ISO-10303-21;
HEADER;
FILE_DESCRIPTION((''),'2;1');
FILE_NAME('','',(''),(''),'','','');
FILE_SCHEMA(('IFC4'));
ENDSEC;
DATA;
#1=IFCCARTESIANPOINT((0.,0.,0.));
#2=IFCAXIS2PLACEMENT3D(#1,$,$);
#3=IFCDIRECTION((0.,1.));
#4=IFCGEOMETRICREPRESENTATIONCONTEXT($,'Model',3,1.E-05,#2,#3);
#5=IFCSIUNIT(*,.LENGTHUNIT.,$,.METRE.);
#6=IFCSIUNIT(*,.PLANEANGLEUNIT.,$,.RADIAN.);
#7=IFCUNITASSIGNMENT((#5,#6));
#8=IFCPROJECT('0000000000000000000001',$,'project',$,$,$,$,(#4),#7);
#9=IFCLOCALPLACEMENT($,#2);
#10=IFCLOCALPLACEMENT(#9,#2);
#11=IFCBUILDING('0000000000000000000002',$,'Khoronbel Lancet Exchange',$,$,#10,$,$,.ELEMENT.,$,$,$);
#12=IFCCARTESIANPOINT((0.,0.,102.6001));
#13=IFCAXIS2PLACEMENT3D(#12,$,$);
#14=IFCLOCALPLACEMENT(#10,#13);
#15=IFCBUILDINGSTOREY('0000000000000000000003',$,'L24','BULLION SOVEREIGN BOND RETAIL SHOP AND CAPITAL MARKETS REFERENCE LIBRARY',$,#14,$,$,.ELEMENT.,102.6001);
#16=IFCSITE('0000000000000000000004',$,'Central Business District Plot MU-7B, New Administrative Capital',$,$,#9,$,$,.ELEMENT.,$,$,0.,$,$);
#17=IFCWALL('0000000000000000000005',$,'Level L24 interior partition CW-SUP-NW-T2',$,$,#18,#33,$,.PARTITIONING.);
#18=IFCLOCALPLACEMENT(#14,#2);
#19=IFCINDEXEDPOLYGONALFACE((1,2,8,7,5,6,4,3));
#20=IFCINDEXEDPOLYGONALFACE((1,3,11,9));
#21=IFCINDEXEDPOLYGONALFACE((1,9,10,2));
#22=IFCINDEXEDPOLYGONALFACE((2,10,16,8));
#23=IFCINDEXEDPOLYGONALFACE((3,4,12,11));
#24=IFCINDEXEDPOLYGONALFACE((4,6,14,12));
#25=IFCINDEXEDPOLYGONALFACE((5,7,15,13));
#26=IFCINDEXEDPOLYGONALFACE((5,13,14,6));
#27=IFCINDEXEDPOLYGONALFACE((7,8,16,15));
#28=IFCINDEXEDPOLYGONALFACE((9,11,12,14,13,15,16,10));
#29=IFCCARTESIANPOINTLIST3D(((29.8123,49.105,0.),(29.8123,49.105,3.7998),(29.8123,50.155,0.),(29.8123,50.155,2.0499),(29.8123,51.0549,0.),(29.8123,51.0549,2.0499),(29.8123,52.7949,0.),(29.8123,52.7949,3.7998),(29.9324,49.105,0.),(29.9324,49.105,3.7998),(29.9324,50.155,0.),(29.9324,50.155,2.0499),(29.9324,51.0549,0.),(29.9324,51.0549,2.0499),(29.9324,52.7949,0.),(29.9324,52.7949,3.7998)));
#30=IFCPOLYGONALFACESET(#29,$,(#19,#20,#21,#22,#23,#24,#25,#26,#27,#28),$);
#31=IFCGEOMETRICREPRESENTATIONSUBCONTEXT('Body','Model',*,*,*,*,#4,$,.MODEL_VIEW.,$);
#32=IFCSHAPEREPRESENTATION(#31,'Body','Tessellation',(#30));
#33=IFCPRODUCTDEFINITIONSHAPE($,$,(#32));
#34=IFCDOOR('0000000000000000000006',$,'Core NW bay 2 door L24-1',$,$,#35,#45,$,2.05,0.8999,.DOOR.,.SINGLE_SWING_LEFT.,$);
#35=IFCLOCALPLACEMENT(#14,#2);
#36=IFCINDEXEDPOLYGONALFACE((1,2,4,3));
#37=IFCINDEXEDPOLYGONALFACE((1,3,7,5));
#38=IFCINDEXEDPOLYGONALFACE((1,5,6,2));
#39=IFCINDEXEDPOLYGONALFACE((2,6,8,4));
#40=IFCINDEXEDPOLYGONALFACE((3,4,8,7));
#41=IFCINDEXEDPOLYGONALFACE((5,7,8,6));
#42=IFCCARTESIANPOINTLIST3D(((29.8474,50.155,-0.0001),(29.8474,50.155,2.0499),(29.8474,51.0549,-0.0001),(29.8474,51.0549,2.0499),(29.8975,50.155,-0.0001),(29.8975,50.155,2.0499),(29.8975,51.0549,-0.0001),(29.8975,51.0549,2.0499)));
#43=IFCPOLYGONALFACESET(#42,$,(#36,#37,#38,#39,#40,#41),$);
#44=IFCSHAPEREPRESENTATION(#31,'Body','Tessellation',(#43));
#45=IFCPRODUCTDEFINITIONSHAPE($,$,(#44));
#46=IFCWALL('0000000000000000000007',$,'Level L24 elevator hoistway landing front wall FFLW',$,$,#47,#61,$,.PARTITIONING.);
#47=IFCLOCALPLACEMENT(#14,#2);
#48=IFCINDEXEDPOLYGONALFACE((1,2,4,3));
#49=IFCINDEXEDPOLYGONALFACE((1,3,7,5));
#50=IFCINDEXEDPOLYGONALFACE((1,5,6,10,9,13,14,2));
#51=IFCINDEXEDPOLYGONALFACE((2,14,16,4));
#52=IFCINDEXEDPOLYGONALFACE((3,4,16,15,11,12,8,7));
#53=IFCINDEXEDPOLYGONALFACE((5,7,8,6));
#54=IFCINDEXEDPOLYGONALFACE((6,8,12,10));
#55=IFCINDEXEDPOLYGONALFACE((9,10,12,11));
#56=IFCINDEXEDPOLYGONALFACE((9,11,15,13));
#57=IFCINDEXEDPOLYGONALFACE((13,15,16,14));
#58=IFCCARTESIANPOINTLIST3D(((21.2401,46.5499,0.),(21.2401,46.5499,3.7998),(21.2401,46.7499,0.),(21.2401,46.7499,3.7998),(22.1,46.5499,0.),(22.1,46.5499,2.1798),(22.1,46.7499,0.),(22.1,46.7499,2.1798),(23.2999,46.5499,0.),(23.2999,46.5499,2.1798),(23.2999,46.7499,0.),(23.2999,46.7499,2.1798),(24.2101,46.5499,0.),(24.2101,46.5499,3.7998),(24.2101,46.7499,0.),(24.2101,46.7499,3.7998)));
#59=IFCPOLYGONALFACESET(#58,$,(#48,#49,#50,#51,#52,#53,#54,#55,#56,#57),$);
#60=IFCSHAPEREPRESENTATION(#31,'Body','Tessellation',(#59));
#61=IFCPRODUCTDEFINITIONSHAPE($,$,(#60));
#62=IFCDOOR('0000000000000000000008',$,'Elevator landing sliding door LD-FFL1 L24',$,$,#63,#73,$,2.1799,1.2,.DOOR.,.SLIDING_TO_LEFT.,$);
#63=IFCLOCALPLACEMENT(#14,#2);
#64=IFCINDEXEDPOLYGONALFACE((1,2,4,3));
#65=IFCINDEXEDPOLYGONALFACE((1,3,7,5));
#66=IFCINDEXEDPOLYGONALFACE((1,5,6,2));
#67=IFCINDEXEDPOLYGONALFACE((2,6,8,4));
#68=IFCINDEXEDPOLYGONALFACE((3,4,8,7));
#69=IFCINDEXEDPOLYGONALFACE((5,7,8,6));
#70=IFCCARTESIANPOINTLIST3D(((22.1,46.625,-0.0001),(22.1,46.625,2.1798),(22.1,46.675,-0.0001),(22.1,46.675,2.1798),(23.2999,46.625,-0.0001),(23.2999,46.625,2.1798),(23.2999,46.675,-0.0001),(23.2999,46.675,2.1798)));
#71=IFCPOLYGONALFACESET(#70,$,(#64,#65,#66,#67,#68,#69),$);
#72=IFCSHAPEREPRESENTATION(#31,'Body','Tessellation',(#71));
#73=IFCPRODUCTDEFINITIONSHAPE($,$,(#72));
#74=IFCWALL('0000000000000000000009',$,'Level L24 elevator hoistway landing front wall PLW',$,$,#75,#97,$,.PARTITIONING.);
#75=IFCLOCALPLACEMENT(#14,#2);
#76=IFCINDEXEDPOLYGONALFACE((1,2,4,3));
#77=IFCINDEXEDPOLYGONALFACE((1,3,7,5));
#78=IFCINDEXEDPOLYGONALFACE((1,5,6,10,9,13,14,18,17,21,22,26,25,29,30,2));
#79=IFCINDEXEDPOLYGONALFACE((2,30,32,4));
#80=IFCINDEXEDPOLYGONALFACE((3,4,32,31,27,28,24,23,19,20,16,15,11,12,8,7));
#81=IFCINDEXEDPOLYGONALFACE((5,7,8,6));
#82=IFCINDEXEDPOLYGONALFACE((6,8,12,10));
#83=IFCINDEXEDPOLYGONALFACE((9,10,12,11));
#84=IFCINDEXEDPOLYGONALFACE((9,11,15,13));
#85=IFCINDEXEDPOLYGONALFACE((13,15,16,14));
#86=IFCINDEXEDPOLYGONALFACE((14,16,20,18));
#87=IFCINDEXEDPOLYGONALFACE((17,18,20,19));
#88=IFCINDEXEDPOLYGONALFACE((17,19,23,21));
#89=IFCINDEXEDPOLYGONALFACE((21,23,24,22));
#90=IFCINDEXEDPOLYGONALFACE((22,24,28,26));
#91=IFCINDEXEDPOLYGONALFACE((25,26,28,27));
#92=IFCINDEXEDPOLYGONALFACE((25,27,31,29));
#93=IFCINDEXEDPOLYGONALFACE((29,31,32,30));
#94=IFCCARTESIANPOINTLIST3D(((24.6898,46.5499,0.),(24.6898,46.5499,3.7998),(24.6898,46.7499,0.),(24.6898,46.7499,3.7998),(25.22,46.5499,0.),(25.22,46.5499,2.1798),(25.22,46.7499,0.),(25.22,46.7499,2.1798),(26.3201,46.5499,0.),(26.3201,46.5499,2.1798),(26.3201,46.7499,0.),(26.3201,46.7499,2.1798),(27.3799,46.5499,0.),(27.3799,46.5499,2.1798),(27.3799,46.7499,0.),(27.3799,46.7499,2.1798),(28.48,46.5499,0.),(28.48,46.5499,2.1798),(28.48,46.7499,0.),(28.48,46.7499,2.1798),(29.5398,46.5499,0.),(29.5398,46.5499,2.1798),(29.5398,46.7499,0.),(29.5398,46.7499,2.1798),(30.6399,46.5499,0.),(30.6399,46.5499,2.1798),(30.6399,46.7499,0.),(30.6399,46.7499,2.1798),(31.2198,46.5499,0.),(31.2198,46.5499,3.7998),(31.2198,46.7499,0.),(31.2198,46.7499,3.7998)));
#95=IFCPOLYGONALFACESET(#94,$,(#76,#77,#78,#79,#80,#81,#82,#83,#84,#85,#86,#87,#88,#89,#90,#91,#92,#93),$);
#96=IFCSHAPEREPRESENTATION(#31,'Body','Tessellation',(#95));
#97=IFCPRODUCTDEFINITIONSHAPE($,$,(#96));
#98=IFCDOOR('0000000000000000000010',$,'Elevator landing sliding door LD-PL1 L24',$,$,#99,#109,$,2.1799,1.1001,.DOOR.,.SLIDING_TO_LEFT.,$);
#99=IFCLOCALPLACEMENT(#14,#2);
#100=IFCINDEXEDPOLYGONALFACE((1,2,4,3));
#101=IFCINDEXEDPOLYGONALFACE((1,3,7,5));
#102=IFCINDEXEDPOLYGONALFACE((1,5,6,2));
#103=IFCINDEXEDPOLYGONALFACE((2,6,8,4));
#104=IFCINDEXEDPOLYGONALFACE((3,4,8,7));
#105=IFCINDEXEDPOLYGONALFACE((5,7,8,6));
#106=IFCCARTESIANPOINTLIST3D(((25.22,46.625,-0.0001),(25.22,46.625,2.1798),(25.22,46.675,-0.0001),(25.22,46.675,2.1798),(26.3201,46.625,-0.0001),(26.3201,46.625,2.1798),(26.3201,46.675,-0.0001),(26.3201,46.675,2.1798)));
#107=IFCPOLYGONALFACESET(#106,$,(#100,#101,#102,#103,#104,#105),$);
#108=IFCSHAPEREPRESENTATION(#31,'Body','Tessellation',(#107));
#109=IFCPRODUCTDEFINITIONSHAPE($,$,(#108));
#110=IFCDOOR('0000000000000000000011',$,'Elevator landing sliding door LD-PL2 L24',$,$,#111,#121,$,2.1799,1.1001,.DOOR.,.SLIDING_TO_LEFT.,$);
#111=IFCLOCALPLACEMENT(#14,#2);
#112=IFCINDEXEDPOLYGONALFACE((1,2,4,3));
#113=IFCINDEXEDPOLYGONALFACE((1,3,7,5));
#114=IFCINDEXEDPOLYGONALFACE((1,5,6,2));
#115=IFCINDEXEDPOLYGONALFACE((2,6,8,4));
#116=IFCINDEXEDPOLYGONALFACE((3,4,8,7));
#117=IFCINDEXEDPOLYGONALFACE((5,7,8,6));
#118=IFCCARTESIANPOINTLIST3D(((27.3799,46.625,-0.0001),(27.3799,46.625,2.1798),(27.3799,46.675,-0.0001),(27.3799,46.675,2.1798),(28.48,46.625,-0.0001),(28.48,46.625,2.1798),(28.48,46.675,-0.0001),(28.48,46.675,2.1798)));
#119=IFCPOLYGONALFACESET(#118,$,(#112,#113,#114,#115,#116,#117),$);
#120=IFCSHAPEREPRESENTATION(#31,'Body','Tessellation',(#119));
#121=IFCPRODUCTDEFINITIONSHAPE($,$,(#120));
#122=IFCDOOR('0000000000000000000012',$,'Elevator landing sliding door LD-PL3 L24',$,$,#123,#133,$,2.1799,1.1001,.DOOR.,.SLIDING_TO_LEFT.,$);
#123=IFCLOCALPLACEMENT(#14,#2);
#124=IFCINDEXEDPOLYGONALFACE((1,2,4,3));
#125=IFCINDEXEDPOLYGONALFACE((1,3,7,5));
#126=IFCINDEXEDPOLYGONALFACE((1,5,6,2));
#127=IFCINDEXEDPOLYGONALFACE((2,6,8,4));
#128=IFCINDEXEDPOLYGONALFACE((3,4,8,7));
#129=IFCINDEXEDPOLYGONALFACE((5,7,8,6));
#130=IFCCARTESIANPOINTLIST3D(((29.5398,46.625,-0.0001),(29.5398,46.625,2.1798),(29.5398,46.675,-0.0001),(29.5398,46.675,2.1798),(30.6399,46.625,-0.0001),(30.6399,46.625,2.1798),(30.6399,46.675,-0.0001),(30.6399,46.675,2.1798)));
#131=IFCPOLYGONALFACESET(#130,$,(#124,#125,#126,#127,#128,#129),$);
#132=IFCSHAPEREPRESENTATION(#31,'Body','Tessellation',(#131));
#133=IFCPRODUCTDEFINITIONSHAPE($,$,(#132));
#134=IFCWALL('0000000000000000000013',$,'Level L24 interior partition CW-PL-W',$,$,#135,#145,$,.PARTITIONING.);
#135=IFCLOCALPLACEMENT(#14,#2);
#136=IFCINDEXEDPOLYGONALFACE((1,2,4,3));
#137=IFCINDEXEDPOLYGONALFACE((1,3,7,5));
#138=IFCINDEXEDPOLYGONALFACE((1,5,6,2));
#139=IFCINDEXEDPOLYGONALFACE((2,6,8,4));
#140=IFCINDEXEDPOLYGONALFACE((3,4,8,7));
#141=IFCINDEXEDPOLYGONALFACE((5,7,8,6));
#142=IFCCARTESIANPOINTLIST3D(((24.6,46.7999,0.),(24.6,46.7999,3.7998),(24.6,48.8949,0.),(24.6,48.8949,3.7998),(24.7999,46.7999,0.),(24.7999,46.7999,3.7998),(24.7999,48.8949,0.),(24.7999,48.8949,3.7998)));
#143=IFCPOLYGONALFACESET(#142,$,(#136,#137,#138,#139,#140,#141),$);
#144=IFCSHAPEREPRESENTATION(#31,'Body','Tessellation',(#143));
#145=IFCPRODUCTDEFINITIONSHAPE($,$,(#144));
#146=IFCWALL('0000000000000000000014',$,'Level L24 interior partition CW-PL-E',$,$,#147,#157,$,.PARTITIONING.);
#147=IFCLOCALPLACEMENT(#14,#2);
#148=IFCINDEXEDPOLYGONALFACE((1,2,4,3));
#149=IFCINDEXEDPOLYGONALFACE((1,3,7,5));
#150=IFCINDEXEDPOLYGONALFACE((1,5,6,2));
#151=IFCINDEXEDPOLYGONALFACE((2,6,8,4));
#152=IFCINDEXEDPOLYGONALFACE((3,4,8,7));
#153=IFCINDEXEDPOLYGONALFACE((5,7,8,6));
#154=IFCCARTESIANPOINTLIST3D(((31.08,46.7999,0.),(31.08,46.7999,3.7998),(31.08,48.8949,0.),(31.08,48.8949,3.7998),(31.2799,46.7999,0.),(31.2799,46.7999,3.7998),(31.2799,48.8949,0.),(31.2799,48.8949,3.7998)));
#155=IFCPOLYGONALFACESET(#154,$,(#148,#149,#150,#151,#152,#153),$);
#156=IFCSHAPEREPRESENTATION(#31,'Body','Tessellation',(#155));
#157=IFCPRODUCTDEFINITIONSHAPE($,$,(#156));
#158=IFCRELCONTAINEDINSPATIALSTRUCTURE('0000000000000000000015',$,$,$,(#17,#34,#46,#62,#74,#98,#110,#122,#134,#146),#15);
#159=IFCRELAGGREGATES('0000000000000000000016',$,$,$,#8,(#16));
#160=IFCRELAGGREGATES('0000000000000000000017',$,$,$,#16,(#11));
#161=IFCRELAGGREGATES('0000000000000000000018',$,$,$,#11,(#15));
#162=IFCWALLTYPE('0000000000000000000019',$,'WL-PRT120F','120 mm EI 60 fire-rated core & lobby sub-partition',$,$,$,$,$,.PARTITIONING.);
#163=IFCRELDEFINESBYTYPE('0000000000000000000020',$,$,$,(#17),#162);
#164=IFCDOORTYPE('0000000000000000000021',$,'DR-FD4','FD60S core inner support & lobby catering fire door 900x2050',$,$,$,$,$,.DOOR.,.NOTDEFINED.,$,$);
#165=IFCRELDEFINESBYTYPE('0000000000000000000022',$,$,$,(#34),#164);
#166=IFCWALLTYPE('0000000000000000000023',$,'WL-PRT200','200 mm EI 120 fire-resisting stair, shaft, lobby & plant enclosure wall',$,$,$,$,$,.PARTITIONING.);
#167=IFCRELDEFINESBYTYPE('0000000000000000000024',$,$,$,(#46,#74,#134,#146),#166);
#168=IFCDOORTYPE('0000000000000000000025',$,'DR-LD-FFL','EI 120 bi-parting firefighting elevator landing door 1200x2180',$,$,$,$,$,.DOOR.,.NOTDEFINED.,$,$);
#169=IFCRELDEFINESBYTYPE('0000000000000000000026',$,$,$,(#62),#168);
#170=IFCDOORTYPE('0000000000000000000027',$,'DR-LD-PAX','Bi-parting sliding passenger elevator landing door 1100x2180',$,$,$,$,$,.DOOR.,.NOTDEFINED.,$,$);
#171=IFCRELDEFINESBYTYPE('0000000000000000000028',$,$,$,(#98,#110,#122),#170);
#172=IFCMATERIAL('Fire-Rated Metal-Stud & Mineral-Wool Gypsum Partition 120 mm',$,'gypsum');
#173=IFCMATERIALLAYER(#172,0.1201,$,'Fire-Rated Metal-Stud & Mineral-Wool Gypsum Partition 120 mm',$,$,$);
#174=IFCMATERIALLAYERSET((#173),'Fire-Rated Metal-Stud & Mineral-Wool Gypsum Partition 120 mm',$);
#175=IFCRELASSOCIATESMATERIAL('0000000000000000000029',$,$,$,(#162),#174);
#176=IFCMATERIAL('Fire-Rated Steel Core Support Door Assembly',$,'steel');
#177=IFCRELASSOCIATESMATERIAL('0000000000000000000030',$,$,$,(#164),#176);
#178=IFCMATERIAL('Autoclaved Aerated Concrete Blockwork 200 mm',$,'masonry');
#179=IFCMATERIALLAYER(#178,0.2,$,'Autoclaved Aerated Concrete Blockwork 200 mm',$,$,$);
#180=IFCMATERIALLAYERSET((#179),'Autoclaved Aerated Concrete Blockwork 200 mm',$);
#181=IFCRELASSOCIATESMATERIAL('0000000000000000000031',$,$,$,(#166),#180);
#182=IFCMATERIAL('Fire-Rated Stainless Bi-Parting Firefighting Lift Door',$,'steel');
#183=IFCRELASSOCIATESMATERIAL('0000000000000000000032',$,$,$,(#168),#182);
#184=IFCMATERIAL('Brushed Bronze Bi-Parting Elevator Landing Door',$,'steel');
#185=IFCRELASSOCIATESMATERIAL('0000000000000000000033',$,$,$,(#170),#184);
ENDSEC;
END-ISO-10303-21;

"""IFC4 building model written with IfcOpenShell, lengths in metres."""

from ifc_helpers import new_model, si_unit, direction, frame, frame_2d, origin, place, context, subcontext, project, spatial, rectangle, extrude, material, layer, layer_set, type_object, element, fill, save


model = new_model("IFC4")

# Units and contexts
model_context = context("Model", 3, precision=1e-05, world=origin(), true_north=direction((0.0, 1.0)))
body_context = subcontext(model_context, "Body", "Model", "MODEL_VIEW")
ifc_project = project(units=[si_unit("LENGTHUNIT", "METRE"), si_unit("PLANEANGLEUNIT", "RADIAN")], contexts=[model_context])

# Site, building, storey
site_placement = place(None, origin())
site = spatial("IfcSite", under=ifc_project, at=site_placement, Name="Central Business District Plot MU-7B, New Administrative Capital", CompositionType="ELEMENT", RefElevation=0.0)
building_placement = place(site_placement, origin())
building = spatial("IfcBuilding", under=site, at=building_placement, Name="Khoronbel Lancet Exchange", CompositionType="ELEMENT")
storey_placement = place(building_placement, frame((0.0, 0.0, 102.6001)))
storey = spatial("IfcBuildingStorey", under=building, at=storey_placement, Name="L24", Description="BULLION SOVEREIGN BOND RETAIL SHOP AND CAPITAL MARKETS REFERENCE LIBRARY", CompositionType="ELEMENT", Elevation=102.6001)

# Shared definitions
ifc_material_1 = material(Name="Fire-Rated Metal-Stud & Mineral-Wool Gypsum Partition 120 mm", Category="gypsum")
ifc_layer_1 = layer(ifc_material_1, 0.1201, Name="Fire-Rated Metal-Stud & Mineral-Wool Gypsum Partition 120 mm")
ifc_layer_set_1 = layer_set([ifc_layer_1], Name="Fire-Rated Metal-Stud & Mineral-Wool Gypsum Partition 120 mm")
wall_type_1 = type_object("IfcWallType", Name="WL-PRT120F", Description="120 mm EI 60 fire-rated core & lobby sub-partition", PredefinedType="PARTITIONING", material=ifc_layer_set_1)

# Walls, openings, doors
ifc_material_2 = material(Name="Fire-Rated Steel Core Support Door Assembly", Category="steel")
door_type_1 = type_object("IfcDoorType", Name="DR-FD4", Description="FD60S core inner support & lobby catering fire door 900x2050", OperationType="NOTDEFINED", PredefinedType="DOOR", material=ifc_material_2)
wall_1_placement = place(storey_placement, frame((29.8723, 49.105, 0.0), z_axis=(0.0, 0.0, 1.0), x_axis=(0.0, 1.0, 0.0)))
wall_1 = element("IfcWall", 1, at=wall_1_placement, inside=storey, type_object=wall_type_1, Name="Level L24 interior partition CW-SUP-NW-T2", PredefinedType="PARTITIONING", context=body_context, shape_type="SweptSolid", body=[
    extrude(rectangle(XDim=3.6899, YDim=0.1201, at=frame_2d((1.845, 0.0))), origin(), (0.0, 0.0, 1.0), 3.7998),
])
opening_1_placement = place(wall_1_placement, frame((1.05, 0.0, 0.0)))
opening_1 = element("IfcOpeningElement", 2, at=opening_1_placement, cuts=wall_1, PredefinedType="OPENING", context=body_context, shape_type="SweptSolid", body=[
    extrude(rectangle(XDim=0.8999, YDim=2.05, at=frame_2d((0.45, 1.0249))), frame((0.0, 0.0701, 0.0), z_axis=(0.0, -1.0, 0.0), x_axis=(1.0, 0.0, 0.0)), (0.0, 0.0, 1.0), 0.1401),
])
door_1_placement = place(opening_1_placement, origin())
door_1 = element("IfcDoor", 3, at=door_1_placement, inside=storey, type_object=door_type_1, Name="Core NW bay 2 door L24-1", OperationType="SINGLE_SWING_LEFT", OverallHeight=2.05, OverallWidth=0.8999, PredefinedType="DOOR", context=body_context, shape_type="SweptSolid", body=[
    extrude(rectangle(XDim=0.8999, YDim=2.05, at=frame_2d((0.45, 1.0249))), frame((0.0, 0.0249, 0.0), z_axis=(0.0, -1.0, 0.0), x_axis=(1.0, 0.0, 0.0)), (0.0, 0.0, 1.0), 0.05),
])
fill(opening_1, door_1)
ifc_material_3 = material(Name="Autoclaved Aerated Concrete Blockwork 200 mm", Category="masonry")
ifc_layer_2 = layer(ifc_material_3, 0.2, Name="Autoclaved Aerated Concrete Blockwork 200 mm")
ifc_layer_set_2 = layer_set([ifc_layer_2], Name="Autoclaved Aerated Concrete Blockwork 200 mm")
wall_type_2 = type_object("IfcWallType", Name="WL-PRT200", Description="200 mm EI 120 fire-resisting stair, shaft, lobby & plant enclosure wall", PredefinedType="PARTITIONING", material=ifc_layer_set_2)
wall_2_placement = place(storey_placement, frame((24.21, 46.6499, 0.0), z_axis=(0.0, 0.0, 1.0), x_axis=(-1.0, 0.0, 0.0)))
wall_2 = element("IfcWall", 4, at=wall_2_placement, inside=storey, type_object=wall_type_2, Name="Level L24 elevator hoistway landing front wall FFLW", PredefinedType="PARTITIONING", context=body_context, shape_type="SweptSolid", body=[
    extrude(rectangle(XDim=2.97, YDim=0.2, at=frame_2d((1.4849, 0.0))), origin(), (0.0, 0.0, 1.0), 3.7998),
])
opening_2_placement = place(wall_2_placement, frame((0.9099, 0.0, 0.0)))
opening_2 = element("IfcOpeningElement", 5, at=opening_2_placement, cuts=wall_2, PredefinedType="OPENING", context=body_context, shape_type="SweptSolid", body=[
    extrude(rectangle(XDim=1.2, YDim=2.1799, at=frame_2d((0.6001, 1.0898))), frame((0.0, 0.1099, 0.0), z_axis=(0.0, -1.0, 0.0), x_axis=(1.0, 0.0, 0.0)), (0.0, 0.0, 1.0), 0.22),
])
ifc_material_4 = material(Name="Fire-Rated Stainless Bi-Parting Firefighting Lift Door", Category="steel")
door_type_2 = type_object("IfcDoorType", Name="DR-LD-FFL", Description="EI 120 bi-parting firefighting elevator landing door 1200x2180", OperationType="NOTDEFINED", PredefinedType="DOOR", material=ifc_material_4)
door_2_placement = place(opening_2_placement, origin())
door_2 = element("IfcDoor", 6, at=door_2_placement, inside=storey, type_object=door_type_2, Name="Elevator landing sliding door LD-FFL1 L24", OperationType="SLIDING_TO_LEFT", OverallHeight=2.1799, OverallWidth=1.2, PredefinedType="DOOR", context=body_context, shape_type="SweptSolid", body=[
    extrude(rectangle(XDim=1.2, YDim=2.1799, at=frame_2d((0.6001, 1.0898))), frame((0.0, 0.0249, 0.0), z_axis=(0.0, -1.0, 0.0), x_axis=(1.0, 0.0, 0.0)), (0.0, 0.0, 1.0), 0.05),
])
fill(opening_2, door_2)

# Wall, openings, doors
wall_3_placement = place(storey_placement, frame((31.22, 46.6499, 0.0), z_axis=(0.0, 0.0, 1.0), x_axis=(-1.0, 0.0, 0.0)))
wall_3 = element("IfcWall", 7, at=wall_3_placement, inside=storey, type_object=wall_type_2, Name="Level L24 elevator hoistway landing front wall PLW", PredefinedType="PARTITIONING", context=body_context, shape_type="SweptSolid", body=[
    extrude(rectangle(XDim=6.53, YDim=0.2, at=frame_2d((3.2651, 0.0))), origin(), (0.0, 0.0, 1.0), 3.7998),
])
opening_3_placement = place(wall_3_placement, frame((4.8999, 0.0, 0.0)))
opening_3 = element("IfcOpeningElement", 8, at=opening_3_placement, cuts=wall_3, PredefinedType="OPENING", context=body_context, shape_type="SweptSolid", body=[
    extrude(rectangle(XDim=1.1001, YDim=2.1799, at=frame_2d((0.55, 1.0898))), frame((0.0, 0.1099, 0.0), z_axis=(0.0, -1.0, 0.0), x_axis=(1.0, 0.0, 0.0)), (0.0, 0.0, 1.0), 0.22),
])
opening_4_placement = place(wall_3_placement, frame((2.74, 0.0, 0.0)))
opening_4 = element("IfcOpeningElement", 9, at=opening_4_placement, cuts=wall_3, PredefinedType="OPENING", context=body_context, shape_type="SweptSolid", body=[
    extrude(rectangle(XDim=1.1001, YDim=2.1799, at=frame_2d((0.55, 1.0898))), frame((0.0, 0.1099, 0.0), z_axis=(0.0, -1.0, 0.0), x_axis=(1.0, 0.0, 0.0)), (0.0, 0.0, 1.0), 0.22),
])
opening_5_placement = place(wall_3_placement, frame((0.5801, 0.0, 0.0)))
opening_5 = element("IfcOpeningElement", 10, at=opening_5_placement, cuts=wall_3, PredefinedType="OPENING", context=body_context, shape_type="SweptSolid", body=[
    extrude(rectangle(XDim=1.1001, YDim=2.1799, at=frame_2d((0.55, 1.0898))), frame((0.0, 0.1099, 0.0), z_axis=(0.0, -1.0, 0.0), x_axis=(1.0, 0.0, 0.0)), (0.0, 0.0, 1.0), 0.22),
])
ifc_material_5 = material(Name="Brushed Bronze Bi-Parting Elevator Landing Door", Category="steel")
door_type_3 = type_object("IfcDoorType", Name="DR-LD-PAX", Description="Bi-parting sliding passenger elevator landing door 1100x2180", OperationType="NOTDEFINED", PredefinedType="DOOR", material=ifc_material_5)
door_3_placement = place(opening_3_placement, origin())
door_3 = element("IfcDoor", 11, at=door_3_placement, inside=storey, type_object=door_type_3, Name="Elevator landing sliding door LD-PL1 L24", OperationType="SLIDING_TO_LEFT", OverallHeight=2.1799, OverallWidth=1.1001, PredefinedType="DOOR", context=body_context, shape_type="SweptSolid", body=[
    extrude(rectangle(XDim=1.1001, YDim=2.1799, at=frame_2d((0.55, 1.0898))), frame((0.0, 0.0249, 0.0), z_axis=(0.0, -1.0, 0.0), x_axis=(1.0, 0.0, 0.0)), (0.0, 0.0, 1.0), 0.05),
])
fill(opening_3, door_3)
door_4_placement = place(opening_4_placement, origin())
door_4 = element("IfcDoor", 12, at=door_4_placement, inside=storey, type_object=door_type_3, Name="Elevator landing sliding door LD-PL2 L24", OperationType="SLIDING_TO_LEFT", OverallHeight=2.1799, OverallWidth=1.1001, PredefinedType="DOOR", context=body_context, shape_type="SweptSolid", body=[
    extrude(rectangle(XDim=1.1001, YDim=2.1799, at=frame_2d((0.55, 1.0898))), frame((0.0, 0.0249, 0.0), z_axis=(0.0, -1.0, 0.0), x_axis=(1.0, 0.0, 0.0)), (0.0, 0.0, 1.0), 0.05),
])
fill(opening_4, door_4)
door_5_placement = place(opening_5_placement, origin())
door_5 = element("IfcDoor", 13, at=door_5_placement, inside=storey, type_object=door_type_3, Name="Elevator landing sliding door LD-PL3 L24", OperationType="SLIDING_TO_LEFT", OverallHeight=2.1799, OverallWidth=1.1001, PredefinedType="DOOR", context=body_context, shape_type="SweptSolid", body=[
    extrude(rectangle(XDim=1.1001, YDim=2.1799, at=frame_2d((0.55, 1.0898))), frame((0.0, 0.0249, 0.0), z_axis=(0.0, -1.0, 0.0), x_axis=(1.0, 0.0, 0.0)), (0.0, 0.0, 1.0), 0.05),
])
fill(opening_5, door_5)

# Walls
for number, where, z_axis, x_axis, name in (
    (14, (24.7, 46.8, 0.0), (0.0, 0.0, 1.0), (0.0, 1.0, 0.0), "Level L24 interior partition CW-PL-W"),
    (15, (31.1799, 46.8, 0.0), (0.0, 0.0, 1.0), (0.0, 1.0, 0.0), "Level L24 interior partition CW-PL-E"),
):
    element("IfcWall", number, at=place(storey_placement, frame(where, z_axis=z_axis, x_axis=x_axis)), inside=storey, type_object=wall_type_2, Name=name, PredefinedType="PARTITIONING", context=body_context, shape_type="SweptSolid", body=[
        extrude(rectangle(XDim=2.095, YDim=0.2, at=frame_2d((1.0474, 0.0))), origin(), (0.0, 0.0, 1.0), 3.7998),
    ])

save(model, "model.ifc")
